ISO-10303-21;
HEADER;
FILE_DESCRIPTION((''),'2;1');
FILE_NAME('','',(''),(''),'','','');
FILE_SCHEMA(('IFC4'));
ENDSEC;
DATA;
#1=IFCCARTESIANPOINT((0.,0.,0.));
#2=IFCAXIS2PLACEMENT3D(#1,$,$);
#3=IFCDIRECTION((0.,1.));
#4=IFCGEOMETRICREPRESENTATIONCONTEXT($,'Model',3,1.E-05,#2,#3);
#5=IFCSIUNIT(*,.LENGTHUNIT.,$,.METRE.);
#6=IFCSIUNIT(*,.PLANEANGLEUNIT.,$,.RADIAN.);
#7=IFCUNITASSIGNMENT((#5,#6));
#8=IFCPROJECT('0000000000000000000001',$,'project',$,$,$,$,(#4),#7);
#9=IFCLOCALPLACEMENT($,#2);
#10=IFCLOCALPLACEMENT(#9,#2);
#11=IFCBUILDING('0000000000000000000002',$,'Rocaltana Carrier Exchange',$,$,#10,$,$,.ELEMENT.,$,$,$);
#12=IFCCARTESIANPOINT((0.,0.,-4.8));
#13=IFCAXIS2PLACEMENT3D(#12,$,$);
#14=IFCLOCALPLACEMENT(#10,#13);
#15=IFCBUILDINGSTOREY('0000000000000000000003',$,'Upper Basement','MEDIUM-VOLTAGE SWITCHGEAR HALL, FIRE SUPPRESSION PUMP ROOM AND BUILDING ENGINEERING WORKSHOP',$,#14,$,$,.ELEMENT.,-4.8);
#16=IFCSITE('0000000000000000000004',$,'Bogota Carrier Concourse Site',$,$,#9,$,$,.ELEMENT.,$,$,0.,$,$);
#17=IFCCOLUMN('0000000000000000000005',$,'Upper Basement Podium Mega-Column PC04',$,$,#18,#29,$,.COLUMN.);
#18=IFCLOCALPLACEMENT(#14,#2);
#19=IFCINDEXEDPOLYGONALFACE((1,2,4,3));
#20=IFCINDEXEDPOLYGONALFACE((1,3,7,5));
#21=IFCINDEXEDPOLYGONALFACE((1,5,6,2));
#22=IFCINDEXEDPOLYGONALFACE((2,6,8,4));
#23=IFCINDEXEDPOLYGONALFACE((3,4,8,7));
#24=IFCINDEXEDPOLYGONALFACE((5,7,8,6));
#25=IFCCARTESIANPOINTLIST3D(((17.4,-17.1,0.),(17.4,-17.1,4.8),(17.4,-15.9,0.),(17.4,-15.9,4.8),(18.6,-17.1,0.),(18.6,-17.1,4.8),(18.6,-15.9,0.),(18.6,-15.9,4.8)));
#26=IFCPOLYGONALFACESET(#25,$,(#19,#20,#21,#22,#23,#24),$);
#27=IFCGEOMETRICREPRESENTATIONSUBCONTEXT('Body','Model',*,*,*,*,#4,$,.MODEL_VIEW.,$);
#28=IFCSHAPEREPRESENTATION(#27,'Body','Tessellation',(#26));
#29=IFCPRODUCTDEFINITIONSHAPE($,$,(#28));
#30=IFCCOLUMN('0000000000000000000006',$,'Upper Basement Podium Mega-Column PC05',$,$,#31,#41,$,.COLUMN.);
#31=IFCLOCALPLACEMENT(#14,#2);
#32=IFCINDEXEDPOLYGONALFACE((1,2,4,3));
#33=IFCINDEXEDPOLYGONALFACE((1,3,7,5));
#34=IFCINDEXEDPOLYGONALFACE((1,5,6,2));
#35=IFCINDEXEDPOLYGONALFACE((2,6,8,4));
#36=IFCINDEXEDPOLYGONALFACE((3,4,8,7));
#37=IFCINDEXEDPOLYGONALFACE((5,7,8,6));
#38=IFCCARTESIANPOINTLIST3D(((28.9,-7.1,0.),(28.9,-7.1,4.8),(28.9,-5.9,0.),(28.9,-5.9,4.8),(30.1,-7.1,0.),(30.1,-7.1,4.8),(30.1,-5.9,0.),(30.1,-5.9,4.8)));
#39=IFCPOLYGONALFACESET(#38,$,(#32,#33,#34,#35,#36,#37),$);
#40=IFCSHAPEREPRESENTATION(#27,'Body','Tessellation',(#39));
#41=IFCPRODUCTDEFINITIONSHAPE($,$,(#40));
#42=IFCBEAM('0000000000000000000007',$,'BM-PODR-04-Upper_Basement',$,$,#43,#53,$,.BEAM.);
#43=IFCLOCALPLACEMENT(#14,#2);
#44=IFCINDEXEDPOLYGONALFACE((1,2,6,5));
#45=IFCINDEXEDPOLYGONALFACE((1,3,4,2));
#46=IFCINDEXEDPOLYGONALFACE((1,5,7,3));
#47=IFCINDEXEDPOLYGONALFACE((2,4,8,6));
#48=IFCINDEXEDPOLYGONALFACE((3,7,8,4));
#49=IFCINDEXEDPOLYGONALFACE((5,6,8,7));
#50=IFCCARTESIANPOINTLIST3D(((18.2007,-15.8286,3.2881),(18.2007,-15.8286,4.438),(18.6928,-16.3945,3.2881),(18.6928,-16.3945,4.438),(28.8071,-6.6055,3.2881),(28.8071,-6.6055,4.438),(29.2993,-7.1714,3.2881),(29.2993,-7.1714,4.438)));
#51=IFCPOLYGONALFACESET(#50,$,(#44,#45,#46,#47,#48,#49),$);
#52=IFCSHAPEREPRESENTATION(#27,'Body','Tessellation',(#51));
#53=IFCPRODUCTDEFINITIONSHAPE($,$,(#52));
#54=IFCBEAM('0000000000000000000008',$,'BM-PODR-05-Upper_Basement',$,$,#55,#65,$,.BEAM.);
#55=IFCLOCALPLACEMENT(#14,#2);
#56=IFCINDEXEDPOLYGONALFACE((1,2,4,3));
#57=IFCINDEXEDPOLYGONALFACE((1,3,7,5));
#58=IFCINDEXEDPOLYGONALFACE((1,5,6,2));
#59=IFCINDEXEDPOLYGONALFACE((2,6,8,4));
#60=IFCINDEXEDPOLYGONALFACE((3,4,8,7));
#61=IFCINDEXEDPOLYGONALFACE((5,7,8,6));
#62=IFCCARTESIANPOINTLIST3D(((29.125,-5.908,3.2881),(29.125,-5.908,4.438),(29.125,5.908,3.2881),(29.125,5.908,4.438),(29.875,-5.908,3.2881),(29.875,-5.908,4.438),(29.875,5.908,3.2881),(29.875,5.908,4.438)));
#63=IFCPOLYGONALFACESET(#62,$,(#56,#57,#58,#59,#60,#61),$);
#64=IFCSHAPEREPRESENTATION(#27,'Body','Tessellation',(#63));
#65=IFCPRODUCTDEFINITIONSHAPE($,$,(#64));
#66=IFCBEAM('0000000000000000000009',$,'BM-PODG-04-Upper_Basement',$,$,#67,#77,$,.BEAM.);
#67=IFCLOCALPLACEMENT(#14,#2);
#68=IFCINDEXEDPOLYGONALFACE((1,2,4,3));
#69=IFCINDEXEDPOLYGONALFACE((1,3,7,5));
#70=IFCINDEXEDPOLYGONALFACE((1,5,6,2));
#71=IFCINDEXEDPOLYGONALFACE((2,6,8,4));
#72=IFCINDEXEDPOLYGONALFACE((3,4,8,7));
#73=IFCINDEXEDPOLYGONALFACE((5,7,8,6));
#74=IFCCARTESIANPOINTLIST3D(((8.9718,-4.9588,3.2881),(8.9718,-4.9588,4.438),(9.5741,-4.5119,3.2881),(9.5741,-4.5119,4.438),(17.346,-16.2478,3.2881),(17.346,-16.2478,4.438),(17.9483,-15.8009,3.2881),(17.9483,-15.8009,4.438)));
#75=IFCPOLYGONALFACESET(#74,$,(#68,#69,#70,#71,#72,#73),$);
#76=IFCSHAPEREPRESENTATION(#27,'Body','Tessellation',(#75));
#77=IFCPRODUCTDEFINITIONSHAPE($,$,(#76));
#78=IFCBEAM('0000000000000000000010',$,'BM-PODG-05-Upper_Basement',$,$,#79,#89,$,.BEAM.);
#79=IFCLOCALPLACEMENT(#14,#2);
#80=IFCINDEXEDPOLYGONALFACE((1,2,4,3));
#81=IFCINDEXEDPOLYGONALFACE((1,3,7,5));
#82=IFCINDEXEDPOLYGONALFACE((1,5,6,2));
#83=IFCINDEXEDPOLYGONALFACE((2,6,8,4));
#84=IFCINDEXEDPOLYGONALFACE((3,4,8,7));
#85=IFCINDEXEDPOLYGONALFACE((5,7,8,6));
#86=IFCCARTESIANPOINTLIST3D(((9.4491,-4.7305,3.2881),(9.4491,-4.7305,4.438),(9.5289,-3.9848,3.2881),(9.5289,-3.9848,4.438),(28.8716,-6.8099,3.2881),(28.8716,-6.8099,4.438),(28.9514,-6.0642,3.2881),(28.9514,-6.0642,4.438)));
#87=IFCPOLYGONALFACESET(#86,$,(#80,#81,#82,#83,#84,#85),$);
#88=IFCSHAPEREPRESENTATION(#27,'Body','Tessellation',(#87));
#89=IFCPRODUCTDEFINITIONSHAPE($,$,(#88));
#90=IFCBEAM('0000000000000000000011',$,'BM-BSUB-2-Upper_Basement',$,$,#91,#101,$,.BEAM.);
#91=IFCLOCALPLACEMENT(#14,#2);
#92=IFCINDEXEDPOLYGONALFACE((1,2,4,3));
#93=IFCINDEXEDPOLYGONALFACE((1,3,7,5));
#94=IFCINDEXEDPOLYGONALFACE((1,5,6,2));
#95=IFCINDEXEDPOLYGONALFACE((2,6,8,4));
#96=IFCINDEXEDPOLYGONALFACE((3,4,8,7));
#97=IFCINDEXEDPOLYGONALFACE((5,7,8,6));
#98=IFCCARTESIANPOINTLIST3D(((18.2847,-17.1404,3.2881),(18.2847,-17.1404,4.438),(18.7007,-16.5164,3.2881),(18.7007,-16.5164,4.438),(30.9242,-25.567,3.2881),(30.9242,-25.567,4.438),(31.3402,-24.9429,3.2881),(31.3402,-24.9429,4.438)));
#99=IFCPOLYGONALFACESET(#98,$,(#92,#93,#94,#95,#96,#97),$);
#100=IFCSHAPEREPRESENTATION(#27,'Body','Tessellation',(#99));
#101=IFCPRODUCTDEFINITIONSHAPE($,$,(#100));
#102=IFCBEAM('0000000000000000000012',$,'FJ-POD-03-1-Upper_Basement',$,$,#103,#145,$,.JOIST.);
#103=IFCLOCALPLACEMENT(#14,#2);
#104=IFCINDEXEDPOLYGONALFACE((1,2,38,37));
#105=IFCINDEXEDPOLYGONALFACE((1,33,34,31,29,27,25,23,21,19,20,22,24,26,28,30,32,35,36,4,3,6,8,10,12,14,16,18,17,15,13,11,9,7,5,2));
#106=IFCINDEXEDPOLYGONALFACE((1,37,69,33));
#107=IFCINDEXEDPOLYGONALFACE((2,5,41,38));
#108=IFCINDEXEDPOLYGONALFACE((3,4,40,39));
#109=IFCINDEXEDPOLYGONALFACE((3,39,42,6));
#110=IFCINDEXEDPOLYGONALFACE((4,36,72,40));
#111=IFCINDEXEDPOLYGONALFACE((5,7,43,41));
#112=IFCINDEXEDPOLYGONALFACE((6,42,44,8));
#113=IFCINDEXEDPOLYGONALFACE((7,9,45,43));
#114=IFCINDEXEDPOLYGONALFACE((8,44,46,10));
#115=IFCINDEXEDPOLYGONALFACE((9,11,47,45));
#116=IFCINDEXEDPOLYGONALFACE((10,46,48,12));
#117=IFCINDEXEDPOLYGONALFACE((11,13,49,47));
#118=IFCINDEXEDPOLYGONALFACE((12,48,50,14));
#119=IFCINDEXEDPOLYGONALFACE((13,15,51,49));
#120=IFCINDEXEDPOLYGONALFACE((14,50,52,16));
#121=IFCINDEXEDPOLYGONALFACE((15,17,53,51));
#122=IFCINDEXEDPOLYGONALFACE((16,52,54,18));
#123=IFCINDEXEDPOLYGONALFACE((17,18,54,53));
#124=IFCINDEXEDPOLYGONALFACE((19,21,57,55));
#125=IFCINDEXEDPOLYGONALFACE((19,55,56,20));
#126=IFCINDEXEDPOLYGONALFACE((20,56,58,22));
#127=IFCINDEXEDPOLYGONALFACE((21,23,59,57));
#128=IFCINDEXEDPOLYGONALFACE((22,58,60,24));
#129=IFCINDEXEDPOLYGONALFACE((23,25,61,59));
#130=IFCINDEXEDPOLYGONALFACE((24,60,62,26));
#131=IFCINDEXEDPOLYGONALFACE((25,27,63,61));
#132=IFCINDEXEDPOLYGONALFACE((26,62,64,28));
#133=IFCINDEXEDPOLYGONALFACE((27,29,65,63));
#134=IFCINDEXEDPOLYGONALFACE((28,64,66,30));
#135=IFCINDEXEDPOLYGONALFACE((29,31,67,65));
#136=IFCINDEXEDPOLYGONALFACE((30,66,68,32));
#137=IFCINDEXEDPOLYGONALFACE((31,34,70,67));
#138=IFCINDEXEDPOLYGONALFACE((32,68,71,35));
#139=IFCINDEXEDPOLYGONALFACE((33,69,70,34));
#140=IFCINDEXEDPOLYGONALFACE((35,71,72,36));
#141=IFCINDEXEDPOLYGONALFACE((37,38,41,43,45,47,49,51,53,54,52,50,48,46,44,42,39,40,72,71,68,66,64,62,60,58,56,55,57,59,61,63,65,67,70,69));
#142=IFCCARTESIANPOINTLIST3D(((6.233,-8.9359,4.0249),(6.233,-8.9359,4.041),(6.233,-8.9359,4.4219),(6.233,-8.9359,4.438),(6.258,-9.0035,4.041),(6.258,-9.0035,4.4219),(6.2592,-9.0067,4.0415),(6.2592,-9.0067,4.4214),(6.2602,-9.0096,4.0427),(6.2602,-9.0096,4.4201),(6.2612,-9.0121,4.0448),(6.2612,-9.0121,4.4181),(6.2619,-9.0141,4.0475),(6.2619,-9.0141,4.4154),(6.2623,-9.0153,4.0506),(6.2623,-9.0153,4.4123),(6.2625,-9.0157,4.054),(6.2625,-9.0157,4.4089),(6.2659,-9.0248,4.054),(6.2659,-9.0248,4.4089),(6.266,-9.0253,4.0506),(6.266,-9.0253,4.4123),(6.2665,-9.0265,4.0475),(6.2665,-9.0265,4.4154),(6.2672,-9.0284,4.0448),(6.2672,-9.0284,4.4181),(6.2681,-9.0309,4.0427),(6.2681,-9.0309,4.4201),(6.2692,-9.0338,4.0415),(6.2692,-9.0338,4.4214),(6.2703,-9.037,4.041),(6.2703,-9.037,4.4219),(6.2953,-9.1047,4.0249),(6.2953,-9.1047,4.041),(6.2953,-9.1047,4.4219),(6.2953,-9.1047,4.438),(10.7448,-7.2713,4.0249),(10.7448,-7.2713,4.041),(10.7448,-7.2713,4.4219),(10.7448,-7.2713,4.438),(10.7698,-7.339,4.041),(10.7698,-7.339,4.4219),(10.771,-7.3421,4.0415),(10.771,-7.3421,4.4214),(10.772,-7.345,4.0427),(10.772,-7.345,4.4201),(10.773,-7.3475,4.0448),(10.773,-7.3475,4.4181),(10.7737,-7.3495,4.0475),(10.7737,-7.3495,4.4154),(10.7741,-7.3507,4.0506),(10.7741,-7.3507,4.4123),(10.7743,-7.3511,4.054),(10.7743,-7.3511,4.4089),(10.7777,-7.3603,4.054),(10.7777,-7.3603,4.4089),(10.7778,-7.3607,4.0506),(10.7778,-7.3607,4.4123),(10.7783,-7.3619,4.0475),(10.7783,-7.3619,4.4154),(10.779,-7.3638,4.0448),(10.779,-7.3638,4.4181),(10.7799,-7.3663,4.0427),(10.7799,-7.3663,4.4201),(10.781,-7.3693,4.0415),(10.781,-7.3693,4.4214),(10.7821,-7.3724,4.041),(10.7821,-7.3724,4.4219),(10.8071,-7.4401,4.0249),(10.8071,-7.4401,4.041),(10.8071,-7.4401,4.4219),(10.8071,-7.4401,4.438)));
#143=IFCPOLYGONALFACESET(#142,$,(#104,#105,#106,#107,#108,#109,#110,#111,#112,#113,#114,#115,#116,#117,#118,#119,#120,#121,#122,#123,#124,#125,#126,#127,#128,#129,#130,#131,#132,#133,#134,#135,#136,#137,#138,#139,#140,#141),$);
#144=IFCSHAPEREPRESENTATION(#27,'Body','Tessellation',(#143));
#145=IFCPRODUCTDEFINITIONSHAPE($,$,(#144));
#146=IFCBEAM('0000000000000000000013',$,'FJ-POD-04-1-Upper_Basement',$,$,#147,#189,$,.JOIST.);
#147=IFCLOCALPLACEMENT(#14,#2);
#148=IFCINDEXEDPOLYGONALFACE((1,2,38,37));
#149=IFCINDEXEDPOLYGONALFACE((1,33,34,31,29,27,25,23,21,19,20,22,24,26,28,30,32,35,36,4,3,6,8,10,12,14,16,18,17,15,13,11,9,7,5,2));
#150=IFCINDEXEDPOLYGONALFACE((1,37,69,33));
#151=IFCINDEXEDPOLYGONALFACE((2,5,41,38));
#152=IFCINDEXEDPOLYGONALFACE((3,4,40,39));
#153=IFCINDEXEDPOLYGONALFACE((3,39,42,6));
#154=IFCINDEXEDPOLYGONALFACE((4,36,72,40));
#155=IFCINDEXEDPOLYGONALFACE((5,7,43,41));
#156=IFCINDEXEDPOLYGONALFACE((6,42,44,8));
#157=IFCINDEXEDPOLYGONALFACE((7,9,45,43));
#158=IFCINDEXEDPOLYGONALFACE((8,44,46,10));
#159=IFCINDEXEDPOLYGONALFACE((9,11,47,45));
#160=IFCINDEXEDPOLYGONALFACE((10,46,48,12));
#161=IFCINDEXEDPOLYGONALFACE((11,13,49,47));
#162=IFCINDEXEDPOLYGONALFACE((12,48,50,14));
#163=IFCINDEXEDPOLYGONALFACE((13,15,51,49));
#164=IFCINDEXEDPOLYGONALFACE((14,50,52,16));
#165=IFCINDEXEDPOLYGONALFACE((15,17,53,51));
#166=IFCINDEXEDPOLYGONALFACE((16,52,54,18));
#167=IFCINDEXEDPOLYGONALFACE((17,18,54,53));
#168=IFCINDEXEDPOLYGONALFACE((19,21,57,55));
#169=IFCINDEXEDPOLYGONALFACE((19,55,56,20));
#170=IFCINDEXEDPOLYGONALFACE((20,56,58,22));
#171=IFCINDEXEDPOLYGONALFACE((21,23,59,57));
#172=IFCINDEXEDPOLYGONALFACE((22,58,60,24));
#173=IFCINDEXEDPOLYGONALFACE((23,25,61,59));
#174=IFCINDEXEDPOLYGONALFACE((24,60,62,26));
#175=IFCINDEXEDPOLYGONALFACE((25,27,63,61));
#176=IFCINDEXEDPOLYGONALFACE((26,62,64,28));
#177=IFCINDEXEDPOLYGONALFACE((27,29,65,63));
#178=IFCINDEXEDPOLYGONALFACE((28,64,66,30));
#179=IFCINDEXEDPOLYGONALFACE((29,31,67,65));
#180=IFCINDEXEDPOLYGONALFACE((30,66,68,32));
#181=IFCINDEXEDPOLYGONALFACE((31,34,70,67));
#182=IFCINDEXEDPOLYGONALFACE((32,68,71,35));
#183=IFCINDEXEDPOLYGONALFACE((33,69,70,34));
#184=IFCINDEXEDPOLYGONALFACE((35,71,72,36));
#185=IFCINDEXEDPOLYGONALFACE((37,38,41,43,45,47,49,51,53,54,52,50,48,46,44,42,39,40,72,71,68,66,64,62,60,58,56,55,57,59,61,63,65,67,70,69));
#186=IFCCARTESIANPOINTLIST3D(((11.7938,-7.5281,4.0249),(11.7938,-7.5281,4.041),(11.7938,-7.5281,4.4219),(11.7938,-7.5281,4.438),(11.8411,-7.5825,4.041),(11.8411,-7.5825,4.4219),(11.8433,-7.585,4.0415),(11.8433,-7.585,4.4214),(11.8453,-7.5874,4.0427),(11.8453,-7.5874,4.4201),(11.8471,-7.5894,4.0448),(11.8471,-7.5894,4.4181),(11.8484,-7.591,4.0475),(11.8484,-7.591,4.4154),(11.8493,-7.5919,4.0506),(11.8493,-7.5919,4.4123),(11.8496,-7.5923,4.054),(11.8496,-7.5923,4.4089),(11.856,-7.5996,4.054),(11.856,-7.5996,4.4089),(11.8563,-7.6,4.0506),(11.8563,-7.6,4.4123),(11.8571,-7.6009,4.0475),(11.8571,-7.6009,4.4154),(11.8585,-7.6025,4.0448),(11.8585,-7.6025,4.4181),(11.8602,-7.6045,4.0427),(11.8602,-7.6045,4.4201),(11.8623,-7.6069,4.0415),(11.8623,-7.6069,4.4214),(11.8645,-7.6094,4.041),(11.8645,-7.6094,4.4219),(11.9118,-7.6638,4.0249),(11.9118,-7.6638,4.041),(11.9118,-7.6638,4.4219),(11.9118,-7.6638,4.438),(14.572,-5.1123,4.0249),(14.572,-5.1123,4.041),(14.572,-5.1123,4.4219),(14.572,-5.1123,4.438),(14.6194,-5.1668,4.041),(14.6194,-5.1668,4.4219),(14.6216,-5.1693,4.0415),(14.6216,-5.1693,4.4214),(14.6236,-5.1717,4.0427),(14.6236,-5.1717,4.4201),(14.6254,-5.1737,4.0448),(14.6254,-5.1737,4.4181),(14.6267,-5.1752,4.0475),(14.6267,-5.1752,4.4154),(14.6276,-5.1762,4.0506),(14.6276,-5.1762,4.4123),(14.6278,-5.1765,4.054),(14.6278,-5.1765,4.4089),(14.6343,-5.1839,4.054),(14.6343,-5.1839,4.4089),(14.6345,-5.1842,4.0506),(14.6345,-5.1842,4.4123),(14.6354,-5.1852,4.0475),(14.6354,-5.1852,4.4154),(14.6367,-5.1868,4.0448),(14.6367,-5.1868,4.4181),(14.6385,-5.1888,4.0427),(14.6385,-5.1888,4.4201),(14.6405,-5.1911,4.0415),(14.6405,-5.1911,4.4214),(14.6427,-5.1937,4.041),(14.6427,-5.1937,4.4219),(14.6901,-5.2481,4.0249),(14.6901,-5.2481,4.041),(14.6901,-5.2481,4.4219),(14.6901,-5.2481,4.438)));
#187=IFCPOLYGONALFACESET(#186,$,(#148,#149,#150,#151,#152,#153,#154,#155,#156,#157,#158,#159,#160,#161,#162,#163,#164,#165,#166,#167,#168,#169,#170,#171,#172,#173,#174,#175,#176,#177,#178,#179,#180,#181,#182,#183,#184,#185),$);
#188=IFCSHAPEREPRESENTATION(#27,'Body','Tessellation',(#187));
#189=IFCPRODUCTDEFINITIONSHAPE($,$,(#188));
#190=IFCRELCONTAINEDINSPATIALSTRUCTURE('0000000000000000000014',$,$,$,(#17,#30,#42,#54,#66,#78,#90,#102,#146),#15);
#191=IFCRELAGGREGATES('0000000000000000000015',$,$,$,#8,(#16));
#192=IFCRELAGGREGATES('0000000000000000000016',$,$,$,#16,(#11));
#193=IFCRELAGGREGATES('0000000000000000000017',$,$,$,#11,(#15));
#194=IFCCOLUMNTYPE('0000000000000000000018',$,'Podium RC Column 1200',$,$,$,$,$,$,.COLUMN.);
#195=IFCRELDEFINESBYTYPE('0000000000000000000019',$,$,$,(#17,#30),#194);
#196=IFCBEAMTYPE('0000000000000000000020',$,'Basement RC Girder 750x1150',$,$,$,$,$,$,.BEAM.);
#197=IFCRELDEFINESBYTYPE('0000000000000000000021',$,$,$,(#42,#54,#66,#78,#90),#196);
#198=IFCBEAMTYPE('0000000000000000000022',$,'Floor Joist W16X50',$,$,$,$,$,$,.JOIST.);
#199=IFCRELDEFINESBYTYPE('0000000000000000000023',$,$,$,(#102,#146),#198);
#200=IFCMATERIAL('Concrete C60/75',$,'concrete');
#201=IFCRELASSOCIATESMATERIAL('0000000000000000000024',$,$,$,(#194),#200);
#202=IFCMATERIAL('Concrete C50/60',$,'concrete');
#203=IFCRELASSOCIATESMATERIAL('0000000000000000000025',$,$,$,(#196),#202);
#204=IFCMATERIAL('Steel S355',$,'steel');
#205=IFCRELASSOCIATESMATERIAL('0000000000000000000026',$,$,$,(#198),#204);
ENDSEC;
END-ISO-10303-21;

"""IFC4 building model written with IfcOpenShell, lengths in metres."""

from ifc_helpers import new_model, si_unit, direction, frame, origin, origin_2d, place, context, subcontext, project, spatial, rectangle, i_section, extrude, material, material_profile, profile_set, type_object, element, save


model = new_model("IFC4")

# Units and contexts
model_context = context("Model", 3, precision=1e-05, world=origin(), true_north=direction((0.0, 1.0)))
body_context = subcontext(model_context, "Body", "Model", "MODEL_VIEW")
ifc_project = project(units=[si_unit("LENGTHUNIT", "METRE"), si_unit("PLANEANGLEUNIT", "RADIAN")], contexts=[model_context])

# Site, building, storey
site_placement = place(None, origin())
site = spatial("IfcSite", under=ifc_project, at=site_placement, Name="Bogota Carrier Concourse Site", CompositionType="ELEMENT", RefElevation=0.0)
building_placement = place(site_placement, origin())
building = spatial("IfcBuilding", under=site, at=building_placement, Name="Rocaltana Carrier Exchange", CompositionType="ELEMENT")
storey_placement = place(building_placement, frame((0.0, 0.0, -4.8)))
storey = spatial("IfcBuildingStorey", under=building, at=storey_placement, Name="Upper Basement", Description="MEDIUM-VOLTAGE SWITCHGEAR HALL, FIRE SUPPRESSION PUMP ROOM AND BUILDING ENGINEERING WORKSHOP", CompositionType="ELEMENT", Elevation=-4.8)

# Columns
ifc_material_1 = material(Name="Concrete C60/75", Category="concrete")
ifc_material_profile_1 = material_profile(ifc_material_1, rectangle(XDim=1.2, YDim=1.2, at=origin_2d()), Name="RC-COL-1200X1200")
ifc_profile_set_1 = profile_set([ifc_material_profile_1], Name="Concrete C60/75")
column_type_1 = type_object("IfcColumnType", Name="Podium RC Column 1200", PredefinedType="COLUMN", material=ifc_profile_set_1)
for number, where, z_axis, x_axis, name in (
    (1, (18.0, -16.5, 0.0), (0.0, 0.0, 1.0), (1.0, 0.0, 0.0), "Upper Basement Podium Mega-Column PC04"),
    (2, (29.5, -6.5, 0.0), (0.0, 0.0, 1.0), (1.0, 0.0, 0.0), "Upper Basement Podium Mega-Column PC05"),
):
    element("IfcColumn", number, at=place(storey_placement, frame(where, z_axis=z_axis, x_axis=x_axis)), inside=storey, type_object=column_type_1, Name=name, PredefinedType="COLUMN", context=body_context, shape_type="SweptSolid", body=[
        extrude(rectangle(XDim=1.2, YDim=1.2, at=origin_2d()), origin(), (0.0, 0.0, 1.0), 4.8),
    ])

# Beams
ifc_material_2 = material(Name="Concrete C50/60", Category="concrete")
ifc_material_profile_2 = material_profile(ifc_material_2, rectangle(XDim=0.75, YDim=1.1499, at=origin_2d()), Name="RC-BM-750X1150")
ifc_profile_set_2 = profile_set([ifc_material_profile_2], Name="Concrete C50/60")
beam_type_1 = type_object("IfcBeamType", Name="Basement RC Girder 750x1150", PredefinedType="BEAM", material=ifc_profile_set_2)
beam_1_placement = place(storey_placement, frame((18.4468, -16.1116, 3.863), z_axis=(0.7546, 0.656185, 0.0), x_axis=(-0.656185, 0.7546, 0.0)))
element("IfcBeam", 3, at=beam_1_placement, inside=storey, type_object=beam_type_1, Name="BM-PODR-04-Upper_Basement", PredefinedType="BEAM", context=body_context, shape_type="SweptSolid", body=[
    extrude(rectangle(XDim=0.75, YDim=1.1499, at=origin_2d()), origin(), (0.0, 0.0, 1.0), 14.0557),
])
beam_2_placement = place(storey_placement, frame((29.5, -5.908, 3.863), z_axis=(0.0, 1.0, 0.0), x_axis=(-1.0, 0.0, 0.0)))
element("IfcBeam", 4, at=beam_2_placement, inside=storey, type_object=beam_type_1, Name="BM-PODR-05-Upper_Basement", PredefinedType="BEAM", context=body_context, shape_type="SweptSolid", body=[
    extrude(rectangle(XDim=0.75, YDim=1.1499, at=origin_2d()), origin(), (0.0, 0.0, 1.0), 11.8159),
])
beam_3_placement = place(storey_placement, frame((9.2729, -4.7354, 3.863), z_axis=(0.595779, -0.803149, 0.0), x_axis=(0.803149, 0.595779, 0.0)))
element("IfcBeam", 5, at=beam_3_placement, inside=storey, type_object=beam_type_1, Name="BM-PODG-04-Upper_Basement", PredefinedType="BEAM", context=body_context, shape_type="SweptSolid", body=[
    extrude(rectangle(XDim=0.75, YDim=1.1499, at=origin_2d()), origin(), (0.0, 0.0, 1.0), 14.0559),
])
beam_4_placement = place(storey_placement, frame((9.489, -4.3577, 3.863), z_axis=(0.994318, -0.106451, 0.0), x_axis=(0.106451, 0.994318, 0.0)))
element("IfcBeam", 6, at=beam_4_placement, inside=storey, type_object=beam_type_1, Name="BM-PODG-05-Upper_Basement", PredefinedType="BEAM", context=body_context, shape_type="SweptSolid", body=[
    extrude(rectangle(XDim=0.75, YDim=1.1499, at=origin_2d()), origin(), (0.0, 0.0, 1.0), 19.5334),
])
beam_5_placement = place(storey_placement, frame((18.4927, -16.8284, 3.863), z_axis=(0.832043, -0.554711, 0.0), x_axis=(0.554711, 0.832043, 0.0)))
element("IfcBeam", 7, at=beam_5_placement, inside=storey, type_object=beam_type_1, Name="BM-BSUB-2-Upper_Basement", PredefinedType="BEAM", context=body_context, shape_type="SweptSolid", body=[
    extrude(rectangle(XDim=0.75, YDim=1.1499, at=origin_2d()), origin(), (0.0, 0.0, 1.0), 15.1909),
])
ifc_material_3 = material(Name="Steel S355", Category="steel")
ifc_material_profile_3 = material_profile(ifc_material_3, i_section(OverallWidth=0.1799, OverallDepth=0.4131, WebThickness=0.0098, FlangeThickness=0.0161, FilletRadius=0.0129, at=origin_2d()), Name="W16X50")
ifc_profile_set_3 = profile_set([ifc_material_profile_3], Name="Steel S355")
beam_type_2 = type_object("IfcBeamType", Name="Floor Joist W16X50", PredefinedType="JOIST", material=ifc_profile_set_3)
beam_6_placement = place(storey_placement, frame((6.2642, -9.0203, 4.2314), z_axis=(0.938185, 0.346134, 0.0), x_axis=(-0.346134, 0.938185, 0.0)))
element("IfcBeam", 8, at=beam_6_placement, inside=storey, type_object=beam_type_2, Name="FJ-POD-03-1-Upper_Basement", PredefinedType="JOIST", context=body_context, shape_type="SweptSolid", body=[
    extrude(i_section(OverallWidth=0.1799, OverallDepth=0.4131, WebThickness=0.0098, FlangeThickness=0.0161, FilletRadius=0.0129, at=origin_2d()), origin(), (0.0, 0.0, 1.0), 4.8091),
])
beam_7_placement = place(storey_placement, frame((11.8528, -7.5959, 4.2314), z_axis=(0.754627, 0.656154, 0.0), x_axis=(-0.656154, 0.754627, 0.0)))
element("IfcBeam", 9, at=beam_7_placement, inside=storey, type_object=beam_type_2, Name="FJ-POD-04-1-Upper_Basement", PredefinedType="JOIST", context=body_context, shape_type="SweptSolid", body=[
    extrude(i_section(OverallWidth=0.1799, OverallDepth=0.4131, WebThickness=0.0098, FlangeThickness=0.0161, FilletRadius=0.0129, at=origin_2d()), origin(), (0.0, 0.0, 1.0), 3.6816),
])

save(model, "model.ifc")
